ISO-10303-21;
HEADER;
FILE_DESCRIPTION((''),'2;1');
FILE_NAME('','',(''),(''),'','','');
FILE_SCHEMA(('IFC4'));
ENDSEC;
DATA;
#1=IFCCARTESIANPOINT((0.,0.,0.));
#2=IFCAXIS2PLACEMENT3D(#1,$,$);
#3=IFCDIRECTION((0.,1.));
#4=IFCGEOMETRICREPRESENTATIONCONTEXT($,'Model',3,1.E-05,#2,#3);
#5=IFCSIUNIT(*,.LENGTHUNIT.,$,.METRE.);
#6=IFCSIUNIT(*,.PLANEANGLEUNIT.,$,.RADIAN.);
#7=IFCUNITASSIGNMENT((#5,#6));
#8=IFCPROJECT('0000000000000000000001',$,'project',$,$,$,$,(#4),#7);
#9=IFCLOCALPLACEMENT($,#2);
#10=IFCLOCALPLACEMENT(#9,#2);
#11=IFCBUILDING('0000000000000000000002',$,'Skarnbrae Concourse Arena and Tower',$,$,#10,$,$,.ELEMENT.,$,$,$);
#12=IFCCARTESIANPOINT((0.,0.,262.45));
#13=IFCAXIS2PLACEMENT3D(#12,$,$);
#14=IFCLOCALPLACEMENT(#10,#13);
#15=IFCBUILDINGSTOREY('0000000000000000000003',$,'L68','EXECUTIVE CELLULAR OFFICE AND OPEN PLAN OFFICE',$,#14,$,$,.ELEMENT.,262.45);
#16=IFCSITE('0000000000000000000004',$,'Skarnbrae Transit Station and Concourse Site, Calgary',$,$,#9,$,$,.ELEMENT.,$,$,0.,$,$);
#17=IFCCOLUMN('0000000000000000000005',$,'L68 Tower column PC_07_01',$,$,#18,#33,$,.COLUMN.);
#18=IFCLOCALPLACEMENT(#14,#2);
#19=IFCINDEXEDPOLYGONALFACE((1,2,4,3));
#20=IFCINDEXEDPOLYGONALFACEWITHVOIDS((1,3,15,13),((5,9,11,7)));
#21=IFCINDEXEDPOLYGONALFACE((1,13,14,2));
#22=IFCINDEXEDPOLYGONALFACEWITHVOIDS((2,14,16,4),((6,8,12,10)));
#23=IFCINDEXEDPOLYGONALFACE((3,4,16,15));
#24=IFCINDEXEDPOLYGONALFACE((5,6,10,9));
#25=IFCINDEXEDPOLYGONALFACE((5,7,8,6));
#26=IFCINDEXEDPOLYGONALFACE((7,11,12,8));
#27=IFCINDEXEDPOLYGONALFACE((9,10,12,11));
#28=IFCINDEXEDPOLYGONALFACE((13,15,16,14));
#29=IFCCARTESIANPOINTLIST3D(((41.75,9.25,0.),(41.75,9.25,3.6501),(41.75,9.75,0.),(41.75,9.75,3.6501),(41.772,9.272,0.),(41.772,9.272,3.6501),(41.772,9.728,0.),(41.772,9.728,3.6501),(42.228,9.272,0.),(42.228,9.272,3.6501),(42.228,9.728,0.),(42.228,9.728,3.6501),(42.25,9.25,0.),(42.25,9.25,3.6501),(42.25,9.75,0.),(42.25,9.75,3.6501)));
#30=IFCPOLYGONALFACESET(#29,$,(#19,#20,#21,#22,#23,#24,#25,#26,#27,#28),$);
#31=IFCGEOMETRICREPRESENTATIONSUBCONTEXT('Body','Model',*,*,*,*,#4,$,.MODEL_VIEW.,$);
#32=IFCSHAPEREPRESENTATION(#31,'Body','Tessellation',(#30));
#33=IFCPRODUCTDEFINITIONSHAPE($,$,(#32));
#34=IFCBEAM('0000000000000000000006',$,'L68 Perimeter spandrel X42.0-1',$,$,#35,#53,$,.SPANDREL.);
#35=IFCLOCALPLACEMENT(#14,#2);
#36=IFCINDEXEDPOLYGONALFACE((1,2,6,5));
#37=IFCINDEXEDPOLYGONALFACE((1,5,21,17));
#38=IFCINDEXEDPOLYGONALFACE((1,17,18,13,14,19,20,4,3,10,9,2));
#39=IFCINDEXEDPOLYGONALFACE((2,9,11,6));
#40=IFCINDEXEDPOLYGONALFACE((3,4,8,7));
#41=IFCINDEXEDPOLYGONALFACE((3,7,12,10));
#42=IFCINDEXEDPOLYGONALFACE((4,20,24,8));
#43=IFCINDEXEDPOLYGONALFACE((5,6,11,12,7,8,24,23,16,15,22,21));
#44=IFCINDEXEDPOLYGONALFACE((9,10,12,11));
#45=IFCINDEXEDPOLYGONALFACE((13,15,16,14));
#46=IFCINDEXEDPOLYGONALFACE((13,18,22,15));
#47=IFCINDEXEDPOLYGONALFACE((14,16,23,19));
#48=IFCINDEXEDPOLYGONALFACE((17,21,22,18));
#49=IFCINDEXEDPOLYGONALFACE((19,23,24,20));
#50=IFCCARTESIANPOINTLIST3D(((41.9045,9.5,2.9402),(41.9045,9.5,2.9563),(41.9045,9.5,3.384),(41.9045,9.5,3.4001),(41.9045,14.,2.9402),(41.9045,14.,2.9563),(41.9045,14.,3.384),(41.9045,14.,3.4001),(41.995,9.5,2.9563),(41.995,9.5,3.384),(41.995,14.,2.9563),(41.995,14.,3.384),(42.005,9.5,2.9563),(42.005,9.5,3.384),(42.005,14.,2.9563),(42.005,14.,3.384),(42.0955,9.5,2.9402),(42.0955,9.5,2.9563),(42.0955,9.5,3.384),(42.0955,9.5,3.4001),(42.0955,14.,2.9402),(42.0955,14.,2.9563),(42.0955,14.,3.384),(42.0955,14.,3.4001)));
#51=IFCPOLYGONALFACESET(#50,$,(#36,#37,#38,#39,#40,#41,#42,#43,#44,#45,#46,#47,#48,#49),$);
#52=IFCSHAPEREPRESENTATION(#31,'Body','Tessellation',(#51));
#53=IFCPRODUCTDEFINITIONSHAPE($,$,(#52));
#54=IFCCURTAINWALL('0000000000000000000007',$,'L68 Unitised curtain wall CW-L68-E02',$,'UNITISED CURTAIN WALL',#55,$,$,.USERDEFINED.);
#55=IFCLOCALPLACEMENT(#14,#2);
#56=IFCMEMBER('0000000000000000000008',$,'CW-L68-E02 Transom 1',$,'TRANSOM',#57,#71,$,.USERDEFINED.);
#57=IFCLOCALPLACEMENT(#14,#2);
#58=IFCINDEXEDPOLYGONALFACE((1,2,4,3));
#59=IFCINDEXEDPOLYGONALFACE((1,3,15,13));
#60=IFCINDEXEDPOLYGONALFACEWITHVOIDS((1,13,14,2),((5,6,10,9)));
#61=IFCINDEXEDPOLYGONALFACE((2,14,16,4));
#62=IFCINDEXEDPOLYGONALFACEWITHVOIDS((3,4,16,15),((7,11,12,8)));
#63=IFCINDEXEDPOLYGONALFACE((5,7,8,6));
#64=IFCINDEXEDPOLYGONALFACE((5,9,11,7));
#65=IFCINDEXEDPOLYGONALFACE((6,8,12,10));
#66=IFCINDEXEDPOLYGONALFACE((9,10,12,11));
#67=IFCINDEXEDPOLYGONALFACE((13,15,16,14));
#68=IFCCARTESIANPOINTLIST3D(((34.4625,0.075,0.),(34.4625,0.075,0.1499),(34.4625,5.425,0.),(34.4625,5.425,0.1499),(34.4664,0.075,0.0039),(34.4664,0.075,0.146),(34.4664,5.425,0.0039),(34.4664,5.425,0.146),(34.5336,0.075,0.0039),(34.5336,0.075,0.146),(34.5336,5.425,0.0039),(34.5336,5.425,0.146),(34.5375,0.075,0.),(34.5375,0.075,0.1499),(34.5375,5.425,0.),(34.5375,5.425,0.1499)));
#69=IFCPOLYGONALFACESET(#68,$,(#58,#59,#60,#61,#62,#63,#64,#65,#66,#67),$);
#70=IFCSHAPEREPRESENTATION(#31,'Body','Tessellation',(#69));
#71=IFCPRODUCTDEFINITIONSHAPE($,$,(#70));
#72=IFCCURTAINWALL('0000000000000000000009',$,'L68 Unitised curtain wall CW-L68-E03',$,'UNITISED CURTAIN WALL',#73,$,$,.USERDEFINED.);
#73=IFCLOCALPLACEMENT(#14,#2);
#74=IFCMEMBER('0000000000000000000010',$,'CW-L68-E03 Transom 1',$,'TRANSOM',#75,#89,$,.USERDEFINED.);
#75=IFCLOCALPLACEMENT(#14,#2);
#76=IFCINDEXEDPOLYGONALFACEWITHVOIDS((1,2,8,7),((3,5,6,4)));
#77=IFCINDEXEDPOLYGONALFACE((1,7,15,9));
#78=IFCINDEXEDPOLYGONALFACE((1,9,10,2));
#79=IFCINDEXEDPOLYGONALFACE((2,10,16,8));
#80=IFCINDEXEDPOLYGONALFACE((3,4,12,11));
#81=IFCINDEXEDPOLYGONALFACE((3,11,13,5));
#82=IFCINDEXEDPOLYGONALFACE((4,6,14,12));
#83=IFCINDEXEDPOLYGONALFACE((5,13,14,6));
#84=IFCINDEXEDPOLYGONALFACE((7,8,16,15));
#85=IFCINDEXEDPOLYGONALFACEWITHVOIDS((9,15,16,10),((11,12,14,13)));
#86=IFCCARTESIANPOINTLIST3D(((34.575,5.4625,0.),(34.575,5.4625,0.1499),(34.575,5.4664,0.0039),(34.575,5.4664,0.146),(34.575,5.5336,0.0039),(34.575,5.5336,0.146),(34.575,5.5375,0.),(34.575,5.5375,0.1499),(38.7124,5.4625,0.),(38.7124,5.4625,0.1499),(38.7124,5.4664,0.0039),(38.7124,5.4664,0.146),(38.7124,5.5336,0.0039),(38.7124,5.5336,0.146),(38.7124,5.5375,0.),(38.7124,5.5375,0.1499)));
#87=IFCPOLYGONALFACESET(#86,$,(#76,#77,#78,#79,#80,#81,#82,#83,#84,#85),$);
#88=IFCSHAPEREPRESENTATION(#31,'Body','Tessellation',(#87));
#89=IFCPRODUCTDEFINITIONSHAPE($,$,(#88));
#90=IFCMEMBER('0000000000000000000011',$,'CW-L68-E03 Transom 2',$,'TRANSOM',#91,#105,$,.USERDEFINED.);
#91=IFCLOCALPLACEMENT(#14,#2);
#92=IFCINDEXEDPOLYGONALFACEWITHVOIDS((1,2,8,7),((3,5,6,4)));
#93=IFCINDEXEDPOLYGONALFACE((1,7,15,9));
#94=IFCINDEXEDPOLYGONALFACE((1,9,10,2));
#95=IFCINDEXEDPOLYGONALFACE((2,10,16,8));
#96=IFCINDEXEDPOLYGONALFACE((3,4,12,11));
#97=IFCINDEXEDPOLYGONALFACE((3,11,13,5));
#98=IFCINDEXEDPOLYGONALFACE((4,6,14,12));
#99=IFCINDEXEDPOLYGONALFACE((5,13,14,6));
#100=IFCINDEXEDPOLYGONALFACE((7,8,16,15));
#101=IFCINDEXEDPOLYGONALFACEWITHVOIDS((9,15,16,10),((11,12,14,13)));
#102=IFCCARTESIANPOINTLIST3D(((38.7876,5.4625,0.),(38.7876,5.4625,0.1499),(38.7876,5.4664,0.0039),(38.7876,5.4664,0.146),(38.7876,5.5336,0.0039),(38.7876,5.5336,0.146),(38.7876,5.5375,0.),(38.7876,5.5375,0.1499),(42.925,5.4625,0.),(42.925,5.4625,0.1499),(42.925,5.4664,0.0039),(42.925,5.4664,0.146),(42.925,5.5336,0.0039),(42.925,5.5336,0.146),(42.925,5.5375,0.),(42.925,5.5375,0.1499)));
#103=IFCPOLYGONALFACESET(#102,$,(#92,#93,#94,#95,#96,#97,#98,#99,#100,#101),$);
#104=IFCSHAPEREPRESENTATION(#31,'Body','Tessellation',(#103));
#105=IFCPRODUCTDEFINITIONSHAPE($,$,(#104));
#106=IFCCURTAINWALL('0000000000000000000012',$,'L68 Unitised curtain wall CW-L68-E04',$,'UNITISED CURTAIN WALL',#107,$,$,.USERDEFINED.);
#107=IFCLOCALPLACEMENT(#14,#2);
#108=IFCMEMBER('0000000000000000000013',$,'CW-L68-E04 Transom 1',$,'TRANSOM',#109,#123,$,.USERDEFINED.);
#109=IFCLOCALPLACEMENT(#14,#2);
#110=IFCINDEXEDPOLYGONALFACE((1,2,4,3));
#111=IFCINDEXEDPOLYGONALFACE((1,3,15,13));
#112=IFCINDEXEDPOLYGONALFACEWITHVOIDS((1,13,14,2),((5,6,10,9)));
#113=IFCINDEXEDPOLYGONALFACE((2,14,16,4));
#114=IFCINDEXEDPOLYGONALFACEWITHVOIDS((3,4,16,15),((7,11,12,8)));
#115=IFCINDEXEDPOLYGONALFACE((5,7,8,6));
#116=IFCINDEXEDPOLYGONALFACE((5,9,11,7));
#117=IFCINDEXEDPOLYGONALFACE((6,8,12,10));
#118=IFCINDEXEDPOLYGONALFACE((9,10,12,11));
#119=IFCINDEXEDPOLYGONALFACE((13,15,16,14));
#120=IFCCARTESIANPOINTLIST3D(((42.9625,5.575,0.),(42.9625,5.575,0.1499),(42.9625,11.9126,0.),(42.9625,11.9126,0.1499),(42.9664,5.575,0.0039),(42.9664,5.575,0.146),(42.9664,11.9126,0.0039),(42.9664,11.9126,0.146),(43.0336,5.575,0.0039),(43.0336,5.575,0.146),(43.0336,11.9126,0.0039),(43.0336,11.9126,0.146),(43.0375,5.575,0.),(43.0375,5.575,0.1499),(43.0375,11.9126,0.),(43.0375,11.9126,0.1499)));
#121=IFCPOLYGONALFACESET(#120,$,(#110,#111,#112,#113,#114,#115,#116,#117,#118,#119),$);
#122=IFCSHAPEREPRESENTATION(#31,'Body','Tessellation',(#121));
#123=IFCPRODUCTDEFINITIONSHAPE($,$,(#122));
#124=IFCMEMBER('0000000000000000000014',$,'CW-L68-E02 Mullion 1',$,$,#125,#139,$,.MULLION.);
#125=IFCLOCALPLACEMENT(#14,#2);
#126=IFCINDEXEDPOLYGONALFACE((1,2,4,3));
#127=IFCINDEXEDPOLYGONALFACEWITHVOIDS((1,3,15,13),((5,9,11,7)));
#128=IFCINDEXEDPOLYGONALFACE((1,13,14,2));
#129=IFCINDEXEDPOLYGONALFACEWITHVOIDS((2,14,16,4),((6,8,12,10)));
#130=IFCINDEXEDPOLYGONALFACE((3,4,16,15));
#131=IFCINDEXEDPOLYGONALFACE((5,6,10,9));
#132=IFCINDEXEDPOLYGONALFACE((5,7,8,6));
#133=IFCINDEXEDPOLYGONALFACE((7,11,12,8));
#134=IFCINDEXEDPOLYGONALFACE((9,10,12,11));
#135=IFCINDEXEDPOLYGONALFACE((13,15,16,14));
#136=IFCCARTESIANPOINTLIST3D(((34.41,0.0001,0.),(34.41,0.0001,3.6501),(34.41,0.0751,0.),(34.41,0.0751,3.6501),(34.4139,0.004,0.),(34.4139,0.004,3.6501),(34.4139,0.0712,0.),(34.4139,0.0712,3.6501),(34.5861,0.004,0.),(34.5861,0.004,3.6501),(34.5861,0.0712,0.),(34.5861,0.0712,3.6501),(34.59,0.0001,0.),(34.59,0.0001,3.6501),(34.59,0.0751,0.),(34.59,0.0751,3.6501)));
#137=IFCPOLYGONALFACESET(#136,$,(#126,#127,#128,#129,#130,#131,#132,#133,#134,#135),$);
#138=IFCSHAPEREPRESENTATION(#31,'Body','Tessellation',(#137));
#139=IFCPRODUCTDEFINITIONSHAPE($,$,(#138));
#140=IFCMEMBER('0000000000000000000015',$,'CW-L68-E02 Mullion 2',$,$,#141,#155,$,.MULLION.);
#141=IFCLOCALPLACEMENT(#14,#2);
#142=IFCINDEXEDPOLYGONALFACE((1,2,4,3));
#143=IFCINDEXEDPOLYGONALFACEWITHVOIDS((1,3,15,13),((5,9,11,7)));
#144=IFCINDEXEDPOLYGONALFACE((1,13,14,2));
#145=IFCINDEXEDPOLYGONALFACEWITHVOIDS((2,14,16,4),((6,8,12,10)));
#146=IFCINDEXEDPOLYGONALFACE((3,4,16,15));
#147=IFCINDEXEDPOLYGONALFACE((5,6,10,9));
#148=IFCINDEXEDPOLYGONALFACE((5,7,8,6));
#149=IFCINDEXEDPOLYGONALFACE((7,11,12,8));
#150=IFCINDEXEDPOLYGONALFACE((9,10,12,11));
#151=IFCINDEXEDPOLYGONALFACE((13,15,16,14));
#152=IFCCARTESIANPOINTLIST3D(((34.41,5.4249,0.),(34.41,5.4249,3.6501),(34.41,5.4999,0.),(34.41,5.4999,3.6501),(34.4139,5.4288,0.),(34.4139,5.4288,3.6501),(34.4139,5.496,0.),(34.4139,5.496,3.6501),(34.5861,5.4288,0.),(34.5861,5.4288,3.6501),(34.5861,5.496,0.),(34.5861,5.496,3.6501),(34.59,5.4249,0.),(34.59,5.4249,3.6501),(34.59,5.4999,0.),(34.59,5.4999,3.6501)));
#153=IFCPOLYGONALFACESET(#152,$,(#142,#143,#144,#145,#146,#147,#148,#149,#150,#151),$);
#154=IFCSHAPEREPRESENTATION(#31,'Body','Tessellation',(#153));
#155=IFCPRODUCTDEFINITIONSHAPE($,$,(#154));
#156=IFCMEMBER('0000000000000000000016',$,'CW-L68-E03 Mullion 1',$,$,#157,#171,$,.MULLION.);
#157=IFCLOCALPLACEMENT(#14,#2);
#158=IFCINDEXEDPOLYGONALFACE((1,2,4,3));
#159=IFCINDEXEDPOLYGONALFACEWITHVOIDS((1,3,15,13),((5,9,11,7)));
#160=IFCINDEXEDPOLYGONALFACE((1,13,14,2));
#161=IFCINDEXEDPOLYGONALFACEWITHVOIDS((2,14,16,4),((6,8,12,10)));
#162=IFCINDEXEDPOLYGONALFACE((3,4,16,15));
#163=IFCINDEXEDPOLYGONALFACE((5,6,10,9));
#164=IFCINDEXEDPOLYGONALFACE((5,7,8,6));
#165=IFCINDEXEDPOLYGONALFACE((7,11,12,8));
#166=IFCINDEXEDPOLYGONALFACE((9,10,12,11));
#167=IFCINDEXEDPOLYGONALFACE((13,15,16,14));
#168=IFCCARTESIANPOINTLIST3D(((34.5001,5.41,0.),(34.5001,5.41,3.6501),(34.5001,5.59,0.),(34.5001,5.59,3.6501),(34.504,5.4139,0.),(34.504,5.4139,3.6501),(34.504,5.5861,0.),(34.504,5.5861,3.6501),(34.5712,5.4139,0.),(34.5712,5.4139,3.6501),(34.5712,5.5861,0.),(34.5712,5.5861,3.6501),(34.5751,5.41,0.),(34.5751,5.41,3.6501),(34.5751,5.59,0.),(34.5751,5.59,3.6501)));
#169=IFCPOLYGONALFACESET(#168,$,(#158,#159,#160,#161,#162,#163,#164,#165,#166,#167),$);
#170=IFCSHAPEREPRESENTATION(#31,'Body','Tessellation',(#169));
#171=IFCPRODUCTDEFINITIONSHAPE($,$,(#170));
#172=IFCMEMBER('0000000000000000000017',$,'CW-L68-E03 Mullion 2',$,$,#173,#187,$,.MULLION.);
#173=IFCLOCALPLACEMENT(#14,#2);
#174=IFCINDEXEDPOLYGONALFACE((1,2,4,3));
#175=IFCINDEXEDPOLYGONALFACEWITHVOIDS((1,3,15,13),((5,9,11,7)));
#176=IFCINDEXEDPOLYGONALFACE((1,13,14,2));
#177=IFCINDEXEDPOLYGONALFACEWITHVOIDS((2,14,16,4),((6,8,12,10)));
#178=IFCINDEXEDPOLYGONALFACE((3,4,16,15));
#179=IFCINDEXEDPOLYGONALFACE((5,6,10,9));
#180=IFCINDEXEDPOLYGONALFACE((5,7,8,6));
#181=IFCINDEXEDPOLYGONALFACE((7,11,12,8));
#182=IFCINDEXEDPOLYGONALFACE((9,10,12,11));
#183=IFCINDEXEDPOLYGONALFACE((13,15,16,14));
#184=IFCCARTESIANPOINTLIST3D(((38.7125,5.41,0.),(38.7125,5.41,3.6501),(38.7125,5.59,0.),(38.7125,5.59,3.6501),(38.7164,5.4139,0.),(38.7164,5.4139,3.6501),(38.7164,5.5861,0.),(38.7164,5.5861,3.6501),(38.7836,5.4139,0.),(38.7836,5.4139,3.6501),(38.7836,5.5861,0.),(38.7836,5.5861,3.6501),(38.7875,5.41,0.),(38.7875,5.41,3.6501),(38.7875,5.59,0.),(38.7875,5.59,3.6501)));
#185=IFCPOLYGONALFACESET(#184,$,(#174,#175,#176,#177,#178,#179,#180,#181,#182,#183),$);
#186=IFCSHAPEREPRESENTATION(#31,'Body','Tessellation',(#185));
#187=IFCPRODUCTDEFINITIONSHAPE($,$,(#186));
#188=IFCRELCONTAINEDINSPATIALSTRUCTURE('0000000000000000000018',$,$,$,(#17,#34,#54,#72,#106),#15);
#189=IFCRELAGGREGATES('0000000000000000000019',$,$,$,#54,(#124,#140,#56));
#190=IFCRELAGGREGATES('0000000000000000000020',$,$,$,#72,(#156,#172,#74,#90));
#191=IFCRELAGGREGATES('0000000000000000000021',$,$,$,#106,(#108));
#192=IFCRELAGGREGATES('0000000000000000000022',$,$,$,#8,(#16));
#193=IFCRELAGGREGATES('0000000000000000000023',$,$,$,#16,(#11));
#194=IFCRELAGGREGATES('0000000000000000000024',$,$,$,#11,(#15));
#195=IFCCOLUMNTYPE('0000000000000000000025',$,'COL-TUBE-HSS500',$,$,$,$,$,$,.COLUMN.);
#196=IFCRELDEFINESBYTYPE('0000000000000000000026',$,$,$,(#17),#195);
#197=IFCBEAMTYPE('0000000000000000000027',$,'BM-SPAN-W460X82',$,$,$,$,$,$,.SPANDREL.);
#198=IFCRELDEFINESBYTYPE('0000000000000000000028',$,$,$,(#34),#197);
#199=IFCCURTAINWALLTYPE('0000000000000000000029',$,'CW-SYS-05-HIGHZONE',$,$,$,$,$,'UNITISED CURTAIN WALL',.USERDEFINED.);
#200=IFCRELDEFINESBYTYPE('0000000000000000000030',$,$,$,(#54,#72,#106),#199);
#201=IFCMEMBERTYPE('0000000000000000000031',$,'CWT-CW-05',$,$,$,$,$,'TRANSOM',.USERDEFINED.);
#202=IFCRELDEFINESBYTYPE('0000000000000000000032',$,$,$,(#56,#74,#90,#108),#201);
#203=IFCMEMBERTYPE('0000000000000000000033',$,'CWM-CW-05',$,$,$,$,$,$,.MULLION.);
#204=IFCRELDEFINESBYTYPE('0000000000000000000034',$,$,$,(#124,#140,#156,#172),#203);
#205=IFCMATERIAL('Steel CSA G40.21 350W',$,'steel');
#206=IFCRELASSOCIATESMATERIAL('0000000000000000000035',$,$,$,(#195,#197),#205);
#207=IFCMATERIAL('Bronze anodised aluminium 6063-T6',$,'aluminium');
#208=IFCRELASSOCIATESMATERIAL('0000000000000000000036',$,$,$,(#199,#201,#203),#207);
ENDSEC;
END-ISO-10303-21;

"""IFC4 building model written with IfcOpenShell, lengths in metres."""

from ifc_helpers import new_model, si_unit, direction, frame, origin, origin_2d, place, context, subcontext, project, spatial, hollow_rectangle, i_section, extrude, source, transform, mapped, material, material_profile, profile_set, type_object, element, aggregate, save


model = new_model("IFC4")

# Units and contexts
model_context = context("Model", 3, precision=1e-05, world=origin(), true_north=direction((0.0, 1.0)))
body_context = subcontext(model_context, "Body", "Model", "MODEL_VIEW")
ifc_project = project(units=[si_unit("LENGTHUNIT", "METRE"), si_unit("PLANEANGLEUNIT", "RADIAN")], contexts=[model_context])

# Site, building, storey
site_placement = place(None, origin())
site = spatial("IfcSite", under=ifc_project, at=site_placement, Name="Skarnbrae Transit Station and Concourse Site, Calgary", CompositionType="ELEMENT", RefElevation=0.0)
building_placement = place(site_placement, origin())
building = spatial("IfcBuilding", under=site, at=building_placement, Name="Skarnbrae Concourse Arena and Tower", CompositionType="ELEMENT")
storey_placement = place(building_placement, frame((0.0, 0.0, 262.45)))
storey = spatial("IfcBuildingStorey", under=building, at=storey_placement, Name="L68", Description="EXECUTIVE CELLULAR OFFICE AND OPEN PLAN OFFICE", CompositionType="ELEMENT", Elevation=262.45)

# Column
ifc_material_1 = material(Name="Steel CSA G40.21 350W", Category="steel")
ifc_material_profile_1 = material_profile(ifc_material_1, hollow_rectangle(XDim=0.5, YDim=0.5, WallThickness=0.022, at=origin_2d()), Name="HSS500X500X22.0")
ifc_profile_set_1 = profile_set([ifc_material_profile_1], Name="Steel CSA G40.21 350W")
column_type = type_object("IfcColumnType", Name="COL-TUBE-HSS500", PredefinedType="COLUMN", material=ifc_profile_set_1)
shared_shape_1 = source(origin(), body_context, "Body", "SweptSolid", [
    extrude(hollow_rectangle(XDim=0.5, YDim=0.5, WallThickness=0.022, at=origin_2d()), origin(), (0.0, 0.0, 1.0), 3.6501),
])
column_placement = place(storey_placement, frame((42.0, 9.5, 0.0), z_axis=(0.0, 0.0, 1.0), x_axis=(1.0, 0.0, 0.0)))
element("IfcColumn", 1, at=column_placement, inside=storey, type_object=column_type, Name="L68 Tower column PC_07_01", PredefinedType="COLUMN", context=body_context, shape_type="MappedRepresentation", body=[
    mapped(shared_shape_1, transform((0.0, 0.0, 0.0))),
])

# Beam
ifc_material_profile_2 = material_profile(ifc_material_1, i_section(OverallWidth=0.1909, OverallDepth=0.46, WebThickness=0.01, FlangeThickness=0.0161, at=origin_2d()), Name="W460X82")
ifc_profile_set_2 = profile_set([ifc_material_profile_2], Name="Steel CSA G40.21 350W")
beam_type = type_object("IfcBeamType", Name="BM-SPAN-W460X82", PredefinedType="SPANDREL", material=ifc_profile_set_2)
shared_shape_2 = source(origin(), body_context, "Body", "SweptSolid", [
    extrude(i_section(OverallWidth=0.1909, OverallDepth=0.46, WebThickness=0.01, FlangeThickness=0.0161, at=origin_2d()), origin(), (0.0, 0.0, 1.0), 4.5),
])
beam_placement = place(storey_placement, frame((42.0, 9.5, 3.1702), z_axis=(0.0, 1.0, 0.0), x_axis=(-1.0, 0.0, 0.0)))
element("IfcBeam", 2, at=beam_placement, inside=storey, type_object=beam_type, Name="L68 Perimeter spandrel X42.0-1", PredefinedType="SPANDREL", context=body_context, shape_type="MappedRepresentation", body=[
    mapped(shared_shape_2, transform((0.0, 0.0, 0.0))),
])

# Curtain wall, member
ifc_material_2 = material(Name="Bronze anodised aluminium 6063-T6", Category="aluminium")
curtain_wall_type = type_object("IfcCurtainWallType", Name="CW-SYS-05-HIGHZONE", ElementType="UNITISED CURTAIN WALL", PredefinedType="USERDEFINED", material=ifc_material_2)
curtain_wall_1_placement = place(storey_placement, origin())
curtain_wall_1 = element("IfcCurtainWall", 3, at=curtain_wall_1_placement, inside=storey, type_object=curtain_wall_type, Name="L68 Unitised curtain wall CW-L68-E02", ObjectType="UNITISED CURTAIN WALL", PredefinedType="USERDEFINED")
ifc_material_profile_3 = material_profile(ifc_material_2, hollow_rectangle(XDim=0.075, YDim=0.1499, WallThickness=0.0039, at=origin_2d()), Name="ALU-TRAN-75X150")
ifc_profile_set_3 = profile_set([ifc_material_profile_3], Name="Bronze anodised aluminium 6063-T6")
member_type_1 = type_object("IfcMemberType", Name="CWT-CW-05", ElementType="TRANSOM", PredefinedType="USERDEFINED", material=ifc_profile_set_3)
shared_shape_3 = source(origin(), body_context, "Body", "SweptSolid", [
    extrude(hollow_rectangle(XDim=0.075, YDim=0.1499, WallThickness=0.0039, at=origin_2d()), origin(), (0.0, 0.0, 1.0), 5.3501),
])
member_1_placement = place(storey_placement, frame((34.5, 0.075, 0.075), z_axis=(0.0, 1.0, 0.0), x_axis=(-1.0, 0.0, 0.0)))
member_1 = element("IfcMember", 4, at=member_1_placement, type_object=member_type_1, Name="CW-L68-E02 Transom 1", ObjectType="TRANSOM", PredefinedType="USERDEFINED", context=body_context, shape_type="MappedRepresentation", body=[
    mapped(shared_shape_3, transform((0.0, 0.0, 0.0))),
])

# Curtain wall, members
curtain_wall_2_placement = place(storey_placement, origin())
curtain_wall_2 = element("IfcCurtainWall", 5, at=curtain_wall_2_placement, inside=storey, type_object=curtain_wall_type, Name="L68 Unitised curtain wall CW-L68-E03", ObjectType="UNITISED CURTAIN WALL", PredefinedType="USERDEFINED")
shared_shape_4 = source(origin(), body_context, "Body", "SweptSolid", [
    extrude(hollow_rectangle(XDim=0.075, YDim=0.1499, WallThickness=0.0039, at=origin_2d()), origin(), (0.0, 0.0, 1.0), 4.1375),
])
member_2_placement = place(storey_placement, frame((34.575, 5.5, 0.075), z_axis=(1.0, 0.0, 0.0), x_axis=(0.0, 1.0, 0.0)))
member_2 = element("IfcMember", 6, at=member_2_placement, type_object=member_type_1, Name="CW-L68-E03 Transom 1", ObjectType="TRANSOM", PredefinedType="USERDEFINED", context=body_context, shape_type="MappedRepresentation", body=[
    mapped(shared_shape_4, transform((0.0, 0.0, 0.0))),
])
member_3_placement = place(storey_placement, frame((38.7876, 5.5, 0.075), z_axis=(1.0, 0.0, 0.0), x_axis=(0.0, 1.0, 0.0)))
member_3 = element("IfcMember", 7, at=member_3_placement, type_object=member_type_1, Name="CW-L68-E03 Transom 2", ObjectType="TRANSOM", PredefinedType="USERDEFINED", context=body_context, shape_type="MappedRepresentation", body=[
    mapped(shared_shape_4, transform((0.0, 0.0, 0.0))),
])

# Curtain wall, member
curtain_wall_3_placement = place(storey_placement, origin())
curtain_wall_3 = element("IfcCurtainWall", 8, at=curtain_wall_3_placement, inside=storey, type_object=curtain_wall_type, Name="L68 Unitised curtain wall CW-L68-E04", ObjectType="UNITISED CURTAIN WALL", PredefinedType="USERDEFINED")
shared_shape_5 = source(origin(), body_context, "Body", "SweptSolid", [
    extrude(hollow_rectangle(XDim=0.075, YDim=0.1499, WallThickness=0.0039, at=origin_2d()), origin(), (0.0, 0.0, 1.0), 6.3376),
])
member_4_placement = place(storey_placement, frame((43.0, 5.575, 0.075), z_axis=(0.0, 1.0, 0.0), x_axis=(-1.0, 0.0, 0.0)))
member_4 = element("IfcMember", 9, at=member_4_placement, type_object=member_type_1, Name="CW-L68-E04 Transom 1", ObjectType="TRANSOM", PredefinedType="USERDEFINED", context=body_context, shape_type="MappedRepresentation", body=[
    mapped(shared_shape_5, transform((0.0, 0.0, 0.0))),
])

# Members
ifc_material_profile_4 = material_profile(ifc_material_2, hollow_rectangle(XDim=0.075, YDim=0.1799, WallThickness=0.0039, at=origin_2d()), Name="ALU-MULL-75X180")
ifc_profile_set_4 = profile_set([ifc_material_profile_4], Name="Bronze anodised aluminium 6063-T6")
member_type_2 = type_object("IfcMemberType", Name="CWM-CW-05", PredefinedType="MULLION", material=ifc_profile_set_4)
shared_shape_6 = source(origin(), body_context, "Body", "SweptSolid", [
    extrude(hollow_rectangle(XDim=0.075, YDim=0.1799, WallThickness=0.0039, at=origin_2d()), origin(), (0.0, 0.0, 1.0), 3.6501),
])
member_5_placement = place(storey_placement, frame((34.5, 0.0376, 0.0), z_axis=(0.0, 0.0, 1.0), x_axis=(0.0, 1.0, 0.0)))
member_5 = element("IfcMember", 10, at=member_5_placement, type_object=member_type_2, Name="CW-L68-E02 Mullion 1", PredefinedType="MULLION", context=body_context, shape_type="MappedRepresentation", body=[
    mapped(shared_shape_6, transform((0.0, 0.0, 0.0))),
])
member_6_placement = place(storey_placement, frame((34.5, 5.4624, 0.0), z_axis=(0.0, 0.0, 1.0), x_axis=(0.0, 1.0, 0.0)))
member_6 = element("IfcMember", 11, at=member_6_placement, type_object=member_type_2, Name="CW-L68-E02 Mullion 2", PredefinedType="MULLION", context=body_context, shape_type="MappedRepresentation", body=[
    mapped(shared_shape_6, transform((0.0, 0.0, 0.0))),
])
member_7_placement = place(storey_placement, frame((34.5376, 5.5, 0.0), z_axis=(0.0, 0.0, 1.0), x_axis=(1.0, 0.0, 0.0)))
member_7 = element("IfcMember", 12, at=member_7_placement, type_object=member_type_2, Name="CW-L68-E03 Mullion 1", PredefinedType="MULLION", context=body_context, shape_type="MappedRepresentation", body=[
    mapped(shared_shape_6, transform((0.0, 0.0, 0.0))),
])
member_8_placement = place(storey_placement, frame((38.75, 5.5, 0.0), z_axis=(0.0, 0.0, 1.0), x_axis=(1.0, 0.0, 0.0)))
member_8 = element("IfcMember", 13, at=member_8_placement, type_object=member_type_2, Name="CW-L68-E03 Mullion 2", PredefinedType="MULLION", context=body_context, shape_type="MappedRepresentation", body=[
    mapped(shared_shape_6, transform((0.0, 0.0, 0.0))),
])

aggregate(curtain_wall_1, [member_5, member_6, member_1])
aggregate(curtain_wall_2, [member_7, member_8, member_2, member_3])
aggregate(curtain_wall_3, [member_4])

save(model, "model.ifc")
